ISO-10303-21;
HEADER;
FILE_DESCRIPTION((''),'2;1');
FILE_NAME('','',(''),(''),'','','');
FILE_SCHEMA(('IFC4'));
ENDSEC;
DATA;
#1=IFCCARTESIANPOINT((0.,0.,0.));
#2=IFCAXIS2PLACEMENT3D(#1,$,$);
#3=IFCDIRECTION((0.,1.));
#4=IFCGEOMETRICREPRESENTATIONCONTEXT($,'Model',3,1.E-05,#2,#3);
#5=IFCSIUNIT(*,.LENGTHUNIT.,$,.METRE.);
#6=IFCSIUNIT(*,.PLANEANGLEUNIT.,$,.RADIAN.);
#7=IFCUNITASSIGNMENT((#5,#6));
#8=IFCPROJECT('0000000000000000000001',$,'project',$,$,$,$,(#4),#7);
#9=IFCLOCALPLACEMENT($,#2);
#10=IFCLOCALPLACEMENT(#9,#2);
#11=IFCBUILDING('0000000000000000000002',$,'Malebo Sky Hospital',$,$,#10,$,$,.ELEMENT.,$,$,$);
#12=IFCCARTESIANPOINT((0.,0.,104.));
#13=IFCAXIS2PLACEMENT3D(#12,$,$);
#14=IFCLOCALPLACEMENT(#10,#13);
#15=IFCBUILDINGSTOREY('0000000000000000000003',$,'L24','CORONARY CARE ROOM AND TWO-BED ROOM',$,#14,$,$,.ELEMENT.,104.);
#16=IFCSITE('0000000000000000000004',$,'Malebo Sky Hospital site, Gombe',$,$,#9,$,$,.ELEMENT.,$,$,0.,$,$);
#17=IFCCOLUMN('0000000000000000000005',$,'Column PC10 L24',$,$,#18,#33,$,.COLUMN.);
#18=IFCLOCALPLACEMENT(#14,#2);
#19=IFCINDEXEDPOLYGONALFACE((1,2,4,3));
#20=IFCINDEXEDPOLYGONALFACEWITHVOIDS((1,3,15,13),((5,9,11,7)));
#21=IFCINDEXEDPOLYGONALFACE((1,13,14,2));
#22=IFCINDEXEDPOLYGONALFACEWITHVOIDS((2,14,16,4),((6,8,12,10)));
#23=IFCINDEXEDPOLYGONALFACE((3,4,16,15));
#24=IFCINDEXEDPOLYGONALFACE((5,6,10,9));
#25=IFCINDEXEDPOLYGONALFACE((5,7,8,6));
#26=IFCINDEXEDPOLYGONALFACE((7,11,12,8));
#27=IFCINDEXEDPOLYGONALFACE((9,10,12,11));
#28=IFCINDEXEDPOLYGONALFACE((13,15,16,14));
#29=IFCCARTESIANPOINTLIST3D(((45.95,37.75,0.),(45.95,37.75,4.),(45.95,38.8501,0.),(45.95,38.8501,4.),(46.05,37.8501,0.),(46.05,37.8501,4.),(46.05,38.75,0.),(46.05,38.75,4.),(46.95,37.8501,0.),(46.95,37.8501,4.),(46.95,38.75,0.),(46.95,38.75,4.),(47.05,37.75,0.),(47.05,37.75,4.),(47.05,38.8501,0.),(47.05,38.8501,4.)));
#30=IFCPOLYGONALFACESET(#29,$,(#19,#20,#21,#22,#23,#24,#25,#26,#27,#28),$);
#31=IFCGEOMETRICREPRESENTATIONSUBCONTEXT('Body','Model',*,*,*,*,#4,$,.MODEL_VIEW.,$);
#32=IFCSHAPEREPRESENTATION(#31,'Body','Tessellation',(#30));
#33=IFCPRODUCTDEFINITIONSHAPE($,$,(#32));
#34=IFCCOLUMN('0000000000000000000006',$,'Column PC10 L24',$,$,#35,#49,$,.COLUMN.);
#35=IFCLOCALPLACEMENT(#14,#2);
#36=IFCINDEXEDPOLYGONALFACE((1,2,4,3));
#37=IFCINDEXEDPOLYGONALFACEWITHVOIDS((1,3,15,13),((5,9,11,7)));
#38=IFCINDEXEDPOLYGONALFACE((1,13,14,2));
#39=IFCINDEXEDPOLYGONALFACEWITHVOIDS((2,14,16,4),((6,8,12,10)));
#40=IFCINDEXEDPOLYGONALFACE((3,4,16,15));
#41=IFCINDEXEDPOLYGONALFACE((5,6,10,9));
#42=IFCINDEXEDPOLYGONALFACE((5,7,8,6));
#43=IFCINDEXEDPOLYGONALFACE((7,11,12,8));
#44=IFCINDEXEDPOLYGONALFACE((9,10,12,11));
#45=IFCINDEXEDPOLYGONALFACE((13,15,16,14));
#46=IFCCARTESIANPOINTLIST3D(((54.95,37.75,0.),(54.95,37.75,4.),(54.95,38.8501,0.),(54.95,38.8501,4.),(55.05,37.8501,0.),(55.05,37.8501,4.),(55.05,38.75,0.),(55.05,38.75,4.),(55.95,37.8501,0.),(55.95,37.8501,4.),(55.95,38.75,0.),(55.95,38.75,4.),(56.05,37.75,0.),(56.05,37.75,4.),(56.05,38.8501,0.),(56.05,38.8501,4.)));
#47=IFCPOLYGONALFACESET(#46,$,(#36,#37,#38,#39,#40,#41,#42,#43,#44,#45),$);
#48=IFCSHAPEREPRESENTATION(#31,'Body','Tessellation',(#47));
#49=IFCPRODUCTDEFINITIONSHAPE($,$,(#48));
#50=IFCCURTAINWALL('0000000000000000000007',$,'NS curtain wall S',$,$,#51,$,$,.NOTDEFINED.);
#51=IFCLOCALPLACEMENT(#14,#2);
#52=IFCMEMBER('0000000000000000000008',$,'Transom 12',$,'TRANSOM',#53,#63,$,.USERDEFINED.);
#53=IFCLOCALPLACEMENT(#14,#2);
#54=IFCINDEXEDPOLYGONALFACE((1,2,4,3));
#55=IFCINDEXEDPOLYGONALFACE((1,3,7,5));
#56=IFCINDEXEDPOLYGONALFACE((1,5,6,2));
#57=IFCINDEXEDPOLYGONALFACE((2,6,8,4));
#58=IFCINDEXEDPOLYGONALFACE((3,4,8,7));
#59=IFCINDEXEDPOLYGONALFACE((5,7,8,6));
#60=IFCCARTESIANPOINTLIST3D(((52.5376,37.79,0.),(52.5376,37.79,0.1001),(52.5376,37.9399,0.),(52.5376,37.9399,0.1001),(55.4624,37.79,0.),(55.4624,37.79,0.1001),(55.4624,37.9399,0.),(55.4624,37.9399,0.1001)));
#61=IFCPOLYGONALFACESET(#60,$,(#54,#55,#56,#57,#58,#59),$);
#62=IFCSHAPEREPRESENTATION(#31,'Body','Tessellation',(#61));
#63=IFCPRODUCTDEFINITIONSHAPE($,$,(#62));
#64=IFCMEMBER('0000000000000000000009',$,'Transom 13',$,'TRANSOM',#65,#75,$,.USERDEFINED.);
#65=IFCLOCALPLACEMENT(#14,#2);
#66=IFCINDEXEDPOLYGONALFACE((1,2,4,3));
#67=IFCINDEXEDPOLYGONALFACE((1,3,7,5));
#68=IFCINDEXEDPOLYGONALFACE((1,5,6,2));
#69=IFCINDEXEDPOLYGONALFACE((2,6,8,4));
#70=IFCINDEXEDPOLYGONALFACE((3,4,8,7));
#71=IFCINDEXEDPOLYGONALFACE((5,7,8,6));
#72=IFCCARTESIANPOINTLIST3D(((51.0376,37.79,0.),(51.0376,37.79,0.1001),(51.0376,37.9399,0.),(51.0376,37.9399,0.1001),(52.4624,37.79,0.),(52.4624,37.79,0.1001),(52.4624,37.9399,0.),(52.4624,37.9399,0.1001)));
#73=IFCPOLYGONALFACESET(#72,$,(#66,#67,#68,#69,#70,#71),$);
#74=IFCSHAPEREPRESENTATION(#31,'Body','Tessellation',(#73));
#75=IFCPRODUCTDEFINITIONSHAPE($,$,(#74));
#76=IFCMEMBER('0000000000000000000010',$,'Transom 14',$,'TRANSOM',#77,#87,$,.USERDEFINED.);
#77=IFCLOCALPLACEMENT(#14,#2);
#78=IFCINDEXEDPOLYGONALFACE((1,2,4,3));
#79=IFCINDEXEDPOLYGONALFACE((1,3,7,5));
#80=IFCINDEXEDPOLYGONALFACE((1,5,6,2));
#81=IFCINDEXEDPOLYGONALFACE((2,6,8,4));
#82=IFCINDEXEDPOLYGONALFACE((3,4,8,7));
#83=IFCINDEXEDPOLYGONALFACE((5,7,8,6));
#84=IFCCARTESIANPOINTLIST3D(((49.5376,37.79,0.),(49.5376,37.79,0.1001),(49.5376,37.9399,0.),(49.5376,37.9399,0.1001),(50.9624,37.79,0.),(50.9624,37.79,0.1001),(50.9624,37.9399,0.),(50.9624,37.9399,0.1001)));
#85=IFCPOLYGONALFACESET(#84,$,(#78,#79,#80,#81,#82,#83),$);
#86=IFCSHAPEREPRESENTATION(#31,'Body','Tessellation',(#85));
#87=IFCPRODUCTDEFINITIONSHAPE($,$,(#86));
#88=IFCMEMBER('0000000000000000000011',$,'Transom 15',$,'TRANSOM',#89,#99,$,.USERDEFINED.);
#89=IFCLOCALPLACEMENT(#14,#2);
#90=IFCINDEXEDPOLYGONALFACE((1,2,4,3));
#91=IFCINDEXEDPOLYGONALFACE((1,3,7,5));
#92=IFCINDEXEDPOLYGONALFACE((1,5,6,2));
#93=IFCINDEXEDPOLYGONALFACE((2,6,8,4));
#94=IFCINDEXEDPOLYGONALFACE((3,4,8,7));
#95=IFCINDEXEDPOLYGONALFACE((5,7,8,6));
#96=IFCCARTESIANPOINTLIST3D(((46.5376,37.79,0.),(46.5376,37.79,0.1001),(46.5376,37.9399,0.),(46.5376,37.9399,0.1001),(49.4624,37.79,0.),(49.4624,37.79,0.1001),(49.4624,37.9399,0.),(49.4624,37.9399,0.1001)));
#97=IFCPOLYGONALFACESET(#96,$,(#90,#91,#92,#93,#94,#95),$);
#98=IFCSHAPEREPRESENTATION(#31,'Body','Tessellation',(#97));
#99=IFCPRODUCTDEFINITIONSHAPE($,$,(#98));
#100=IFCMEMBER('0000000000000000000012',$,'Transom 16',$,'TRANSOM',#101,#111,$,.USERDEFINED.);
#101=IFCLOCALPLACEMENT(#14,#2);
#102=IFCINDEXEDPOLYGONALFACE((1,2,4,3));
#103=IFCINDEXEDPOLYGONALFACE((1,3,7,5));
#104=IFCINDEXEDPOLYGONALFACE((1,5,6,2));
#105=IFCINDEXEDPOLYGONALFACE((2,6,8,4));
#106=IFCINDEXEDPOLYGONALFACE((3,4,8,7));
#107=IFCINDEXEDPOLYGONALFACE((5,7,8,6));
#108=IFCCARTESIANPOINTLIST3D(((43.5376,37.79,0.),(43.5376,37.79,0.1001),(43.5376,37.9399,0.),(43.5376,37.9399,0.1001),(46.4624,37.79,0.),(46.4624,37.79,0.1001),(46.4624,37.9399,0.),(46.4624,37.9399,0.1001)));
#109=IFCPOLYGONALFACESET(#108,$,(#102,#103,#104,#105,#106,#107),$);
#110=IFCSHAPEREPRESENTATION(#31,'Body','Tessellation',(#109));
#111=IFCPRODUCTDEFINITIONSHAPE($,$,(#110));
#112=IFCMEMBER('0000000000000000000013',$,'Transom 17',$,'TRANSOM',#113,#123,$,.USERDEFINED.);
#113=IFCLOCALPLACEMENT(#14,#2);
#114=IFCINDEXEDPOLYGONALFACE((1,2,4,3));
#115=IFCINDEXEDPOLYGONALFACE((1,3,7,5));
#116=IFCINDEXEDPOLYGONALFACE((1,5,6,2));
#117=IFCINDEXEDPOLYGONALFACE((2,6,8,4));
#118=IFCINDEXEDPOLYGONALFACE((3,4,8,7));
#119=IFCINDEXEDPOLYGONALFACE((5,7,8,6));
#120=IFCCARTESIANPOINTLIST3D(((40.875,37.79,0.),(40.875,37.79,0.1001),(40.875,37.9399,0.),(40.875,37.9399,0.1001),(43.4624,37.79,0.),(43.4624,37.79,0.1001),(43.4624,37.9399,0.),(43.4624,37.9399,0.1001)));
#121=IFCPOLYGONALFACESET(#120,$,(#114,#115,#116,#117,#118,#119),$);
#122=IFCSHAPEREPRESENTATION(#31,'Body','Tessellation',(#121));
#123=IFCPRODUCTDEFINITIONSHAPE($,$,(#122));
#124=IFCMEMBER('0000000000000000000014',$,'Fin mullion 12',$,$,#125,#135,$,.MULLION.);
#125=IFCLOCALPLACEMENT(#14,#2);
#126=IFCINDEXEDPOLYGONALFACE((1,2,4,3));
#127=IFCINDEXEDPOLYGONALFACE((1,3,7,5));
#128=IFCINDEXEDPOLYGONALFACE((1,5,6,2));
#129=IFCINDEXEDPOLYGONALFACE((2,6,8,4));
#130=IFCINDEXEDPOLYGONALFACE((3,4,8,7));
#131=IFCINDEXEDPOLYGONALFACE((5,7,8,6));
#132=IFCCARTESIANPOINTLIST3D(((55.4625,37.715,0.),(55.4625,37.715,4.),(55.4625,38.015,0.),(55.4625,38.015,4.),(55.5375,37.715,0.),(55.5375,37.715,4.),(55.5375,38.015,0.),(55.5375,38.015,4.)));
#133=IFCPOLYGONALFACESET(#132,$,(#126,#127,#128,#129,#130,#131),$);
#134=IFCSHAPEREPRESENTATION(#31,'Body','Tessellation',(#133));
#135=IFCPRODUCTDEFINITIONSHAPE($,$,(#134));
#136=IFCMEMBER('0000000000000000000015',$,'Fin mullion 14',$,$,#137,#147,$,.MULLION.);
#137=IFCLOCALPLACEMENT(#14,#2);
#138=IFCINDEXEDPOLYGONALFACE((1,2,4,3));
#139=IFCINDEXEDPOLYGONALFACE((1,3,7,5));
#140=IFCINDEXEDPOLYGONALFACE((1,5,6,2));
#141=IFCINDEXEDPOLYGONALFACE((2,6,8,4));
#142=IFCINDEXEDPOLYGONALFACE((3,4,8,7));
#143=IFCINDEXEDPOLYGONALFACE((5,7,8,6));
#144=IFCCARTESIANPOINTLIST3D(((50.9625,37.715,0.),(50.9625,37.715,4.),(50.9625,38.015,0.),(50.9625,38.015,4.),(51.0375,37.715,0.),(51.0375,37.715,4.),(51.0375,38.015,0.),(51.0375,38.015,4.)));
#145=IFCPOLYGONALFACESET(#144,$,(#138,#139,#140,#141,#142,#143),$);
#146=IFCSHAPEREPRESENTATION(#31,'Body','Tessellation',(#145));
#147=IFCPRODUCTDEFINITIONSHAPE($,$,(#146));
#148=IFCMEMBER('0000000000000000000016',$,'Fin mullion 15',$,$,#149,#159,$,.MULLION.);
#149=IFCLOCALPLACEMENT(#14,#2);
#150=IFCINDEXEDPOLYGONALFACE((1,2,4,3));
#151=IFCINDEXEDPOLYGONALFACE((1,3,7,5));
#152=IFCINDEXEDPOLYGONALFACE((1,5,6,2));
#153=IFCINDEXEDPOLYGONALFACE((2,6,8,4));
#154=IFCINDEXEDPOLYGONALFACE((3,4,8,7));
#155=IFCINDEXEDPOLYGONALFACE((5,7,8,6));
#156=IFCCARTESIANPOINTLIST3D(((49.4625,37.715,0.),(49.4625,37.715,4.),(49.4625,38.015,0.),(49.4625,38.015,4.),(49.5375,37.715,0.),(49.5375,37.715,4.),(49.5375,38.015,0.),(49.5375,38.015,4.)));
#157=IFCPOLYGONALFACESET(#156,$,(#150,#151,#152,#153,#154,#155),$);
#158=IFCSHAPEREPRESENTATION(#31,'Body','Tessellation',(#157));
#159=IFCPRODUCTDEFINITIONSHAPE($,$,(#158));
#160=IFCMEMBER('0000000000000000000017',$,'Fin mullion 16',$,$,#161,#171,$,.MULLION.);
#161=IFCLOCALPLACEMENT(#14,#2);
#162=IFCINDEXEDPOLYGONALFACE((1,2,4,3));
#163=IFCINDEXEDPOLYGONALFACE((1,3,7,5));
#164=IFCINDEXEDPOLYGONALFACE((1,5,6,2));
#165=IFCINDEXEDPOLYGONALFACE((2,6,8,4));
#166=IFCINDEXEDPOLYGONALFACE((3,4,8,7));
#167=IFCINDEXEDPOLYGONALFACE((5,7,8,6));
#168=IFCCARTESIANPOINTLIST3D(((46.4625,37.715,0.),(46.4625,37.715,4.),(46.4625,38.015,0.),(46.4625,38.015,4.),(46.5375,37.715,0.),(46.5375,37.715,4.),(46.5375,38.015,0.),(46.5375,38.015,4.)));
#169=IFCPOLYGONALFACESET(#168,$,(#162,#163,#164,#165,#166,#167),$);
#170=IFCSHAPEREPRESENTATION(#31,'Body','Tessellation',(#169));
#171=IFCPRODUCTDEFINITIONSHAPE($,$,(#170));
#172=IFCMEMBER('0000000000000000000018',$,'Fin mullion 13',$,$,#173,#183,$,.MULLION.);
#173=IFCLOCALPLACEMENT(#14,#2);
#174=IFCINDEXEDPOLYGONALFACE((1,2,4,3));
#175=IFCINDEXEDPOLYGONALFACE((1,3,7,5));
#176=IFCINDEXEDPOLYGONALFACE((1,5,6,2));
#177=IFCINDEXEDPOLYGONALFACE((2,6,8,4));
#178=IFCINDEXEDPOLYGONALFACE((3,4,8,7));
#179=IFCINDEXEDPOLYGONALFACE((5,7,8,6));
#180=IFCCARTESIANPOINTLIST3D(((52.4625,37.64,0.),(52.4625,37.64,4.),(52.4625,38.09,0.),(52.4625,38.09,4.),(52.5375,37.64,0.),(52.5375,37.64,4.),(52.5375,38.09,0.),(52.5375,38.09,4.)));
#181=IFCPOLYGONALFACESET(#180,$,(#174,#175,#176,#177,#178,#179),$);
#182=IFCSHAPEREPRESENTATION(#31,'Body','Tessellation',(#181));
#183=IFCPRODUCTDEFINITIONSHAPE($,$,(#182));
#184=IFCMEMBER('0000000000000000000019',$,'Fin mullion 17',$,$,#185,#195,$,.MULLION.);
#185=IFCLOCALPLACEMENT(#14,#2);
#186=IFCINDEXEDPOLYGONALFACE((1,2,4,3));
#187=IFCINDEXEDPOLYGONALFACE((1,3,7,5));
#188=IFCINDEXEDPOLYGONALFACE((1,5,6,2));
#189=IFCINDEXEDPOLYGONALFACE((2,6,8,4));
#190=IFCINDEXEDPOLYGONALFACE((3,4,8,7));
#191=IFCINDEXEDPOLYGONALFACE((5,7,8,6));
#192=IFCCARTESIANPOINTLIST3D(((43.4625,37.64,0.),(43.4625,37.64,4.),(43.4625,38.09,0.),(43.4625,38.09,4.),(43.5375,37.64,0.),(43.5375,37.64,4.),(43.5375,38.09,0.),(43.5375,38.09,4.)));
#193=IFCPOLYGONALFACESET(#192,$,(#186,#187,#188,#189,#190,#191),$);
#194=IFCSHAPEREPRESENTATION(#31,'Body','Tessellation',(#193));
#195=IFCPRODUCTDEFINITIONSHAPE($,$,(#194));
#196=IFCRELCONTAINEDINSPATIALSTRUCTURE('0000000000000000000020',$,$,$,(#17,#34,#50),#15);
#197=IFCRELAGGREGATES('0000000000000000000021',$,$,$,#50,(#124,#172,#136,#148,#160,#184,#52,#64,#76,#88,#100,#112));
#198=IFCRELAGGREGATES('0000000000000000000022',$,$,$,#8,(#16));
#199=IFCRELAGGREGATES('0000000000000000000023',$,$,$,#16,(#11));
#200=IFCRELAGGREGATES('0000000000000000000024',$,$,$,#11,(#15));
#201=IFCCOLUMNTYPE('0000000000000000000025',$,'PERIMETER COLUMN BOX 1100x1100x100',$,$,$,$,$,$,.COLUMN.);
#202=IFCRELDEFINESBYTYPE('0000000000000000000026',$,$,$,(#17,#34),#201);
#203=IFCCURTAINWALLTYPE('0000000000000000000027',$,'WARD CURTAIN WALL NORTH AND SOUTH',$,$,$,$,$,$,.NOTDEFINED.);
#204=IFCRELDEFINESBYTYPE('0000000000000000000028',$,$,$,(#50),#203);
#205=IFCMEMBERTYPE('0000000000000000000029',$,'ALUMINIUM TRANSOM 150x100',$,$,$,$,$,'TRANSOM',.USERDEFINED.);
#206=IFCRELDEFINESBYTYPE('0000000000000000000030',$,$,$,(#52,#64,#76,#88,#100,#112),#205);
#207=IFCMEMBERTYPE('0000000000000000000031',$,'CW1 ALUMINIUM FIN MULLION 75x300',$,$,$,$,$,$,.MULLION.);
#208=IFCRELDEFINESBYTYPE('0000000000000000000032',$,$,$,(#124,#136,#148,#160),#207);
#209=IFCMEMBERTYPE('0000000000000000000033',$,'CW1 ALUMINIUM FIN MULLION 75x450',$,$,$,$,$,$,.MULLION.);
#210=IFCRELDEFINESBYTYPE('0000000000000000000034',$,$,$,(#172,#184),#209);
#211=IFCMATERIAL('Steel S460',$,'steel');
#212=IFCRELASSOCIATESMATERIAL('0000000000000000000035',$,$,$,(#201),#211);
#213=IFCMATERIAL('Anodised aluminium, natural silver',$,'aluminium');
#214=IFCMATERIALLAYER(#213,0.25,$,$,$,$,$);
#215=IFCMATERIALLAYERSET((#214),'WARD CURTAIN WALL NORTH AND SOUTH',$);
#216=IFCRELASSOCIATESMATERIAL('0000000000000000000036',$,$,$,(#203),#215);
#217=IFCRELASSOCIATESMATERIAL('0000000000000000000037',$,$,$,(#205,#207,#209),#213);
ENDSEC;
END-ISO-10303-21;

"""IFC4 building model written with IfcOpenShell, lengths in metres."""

from ifc_helpers import new_model, si_unit, direction, frame, origin, origin_2d, place, context, subcontext, project, spatial, rectangle, hollow_rectangle, extrude, material, layer, layer_set, material_profile, profile_set, type_object, element, aggregate, save


model = new_model("IFC4")

# Units and contexts
model_context = context("Model", 3, precision=1e-05, world=origin(), true_north=direction((0.0, 1.0)))
body_context = subcontext(model_context, "Body", "Model", "MODEL_VIEW")
ifc_project = project(units=[si_unit("LENGTHUNIT", "METRE"), si_unit("PLANEANGLEUNIT", "RADIAN")], contexts=[model_context])

# Site, building, storey
site_placement = place(None, origin())
site = spatial("IfcSite", under=ifc_project, at=site_placement, Name="Malebo Sky Hospital site, Gombe", CompositionType="ELEMENT", RefElevation=0.0)
building_placement = place(site_placement, origin())
building = spatial("IfcBuilding", under=site, at=building_placement, Name="Malebo Sky Hospital", CompositionType="ELEMENT")
storey_placement = place(building_placement, frame((0.0, 0.0, 104.0)))
storey = spatial("IfcBuildingStorey", under=building, at=storey_placement, Name="L24", Description="CORONARY CARE ROOM AND TWO-BED ROOM", CompositionType="ELEMENT", Elevation=104.0)

# Columns
ifc_material_1 = material(Name="Steel S460", Category="steel")
ifc_material_profile_1 = material_profile(ifc_material_1, hollow_rectangle(XDim=1.1001, YDim=1.1001, WallThickness=0.1001, at=origin_2d()), Name="BOX 1100x1100x100")
ifc_profile_set_1 = profile_set([ifc_material_profile_1], Name="Steel S460")
column_type = type_object("IfcColumnType", Name="PERIMETER COLUMN BOX 1100x1100x100", PredefinedType="COLUMN", material=ifc_profile_set_1)
for number, where, z_axis, x_axis, name in (
    (1, (46.5, 38.3, 0.0), (0.0, 0.0, 1.0), (1.0, 0.0, 0.0), "Column PC10 L24"),
    (2, (55.5, 38.3, 0.0), (0.0, 0.0, 1.0), (1.0, 0.0, 0.0), "Column PC10 L24"),
):
    element("IfcColumn", number, at=place(storey_placement, frame(where, z_axis=z_axis, x_axis=x_axis)), inside=storey, type_object=column_type, Name=name, PredefinedType="COLUMN", context=body_context, shape_type="SweptSolid", body=[
        extrude(hollow_rectangle(XDim=1.1001, YDim=1.1001, WallThickness=0.1001, at=origin_2d()), origin(), (0.0, 0.0, 1.0), 4.0),
    ])

# Curtain wall, members
ifc_material_2 = material(Name="Anodised aluminium, natural silver", Category="aluminium")
ifc_layer_1 = layer(ifc_material_2, 0.25)
ifc_layer_set_1 = layer_set([ifc_layer_1], Name="WARD CURTAIN WALL NORTH AND SOUTH")
curtain_wall_type = type_object("IfcCurtainWallType", Name="WARD CURTAIN WALL NORTH AND SOUTH", PredefinedType="NOTDEFINED", material=ifc_layer_set_1)
curtain_wall_placement = place(storey_placement, origin())
curtain_wall = element("IfcCurtainWall", 3, at=curtain_wall_placement, inside=storey, type_object=curtain_wall_type, Name="NS curtain wall S", PredefinedType="NOTDEFINED")
ifc_material_profile_2 = material_profile(ifc_material_2, rectangle(XDim=0.1499, YDim=0.1001, at=origin_2d()), Name="ALUMINIUM TRANSOM 150x100")
ifc_profile_set_2 = profile_set([ifc_material_profile_2], Name="Anodised aluminium, natural silver")
member_type_1 = type_object("IfcMemberType", Name="ALUMINIUM TRANSOM 150x100", ElementType="TRANSOM", PredefinedType="USERDEFINED", material=ifc_profile_set_2)
member_1_placement = place(storey_placement, frame((55.4624, 37.865, 0.05), z_axis=(-1.0, 0.0, 0.0), x_axis=(0.0, -1.0, 0.0)))
member_1 = element("IfcMember", 4, at=member_1_placement, type_object=member_type_1, Name="Transom 12", ObjectType="TRANSOM", PredefinedType="USERDEFINED", context=body_context, shape_type="SweptSolid", body=[
    extrude(rectangle(XDim=0.1499, YDim=0.1001, at=origin_2d()), origin(), (0.0, 0.0, 1.0), 2.9248),
])
member_2_placement = place(storey_placement, frame((52.4624, 37.865, 0.05), z_axis=(-1.0, 0.0, 0.0), x_axis=(0.0, -1.0, 0.0)))
member_2 = element("IfcMember", 5, at=member_2_placement, type_object=member_type_1, Name="Transom 13", ObjectType="TRANSOM", PredefinedType="USERDEFINED", context=body_context, shape_type="SweptSolid", body=[
    extrude(rectangle(XDim=0.1499, YDim=0.1001, at=origin_2d()), origin(), (0.0, 0.0, 1.0), 1.4248),
])
member_3_placement = place(storey_placement, frame((50.9624, 37.865, 0.05), z_axis=(-1.0, 0.0, 0.0), x_axis=(0.0, -1.0, 0.0)))
member_3 = element("IfcMember", 6, at=member_3_placement, type_object=member_type_1, Name="Transom 14", ObjectType="TRANSOM", PredefinedType="USERDEFINED", context=body_context, shape_type="SweptSolid", body=[
    extrude(rectangle(XDim=0.1499, YDim=0.1001, at=origin_2d()), origin(), (0.0, 0.0, 1.0), 1.4248),
])
member_4_placement = place(storey_placement, frame((49.4624, 37.865, 0.05), z_axis=(-1.0, 0.0, 0.0), x_axis=(0.0, -1.0, 0.0)))
member_4 = element("IfcMember", 7, at=member_4_placement, type_object=member_type_1, Name="Transom 15", ObjectType="TRANSOM", PredefinedType="USERDEFINED", context=body_context, shape_type="SweptSolid", body=[
    extrude(rectangle(XDim=0.1499, YDim=0.1001, at=origin_2d()), origin(), (0.0, 0.0, 1.0), 2.9248),
])
member_5_placement = place(storey_placement, frame((46.4624, 37.865, 0.05), z_axis=(-1.0, 0.0, 0.0), x_axis=(0.0, -1.0, 0.0)))
member_5 = element("IfcMember", 8, at=member_5_placement, type_object=member_type_1, Name="Transom 16", ObjectType="TRANSOM", PredefinedType="USERDEFINED", context=body_context, shape_type="SweptSolid", body=[
    extrude(rectangle(XDim=0.1499, YDim=0.1001, at=origin_2d()), origin(), (0.0, 0.0, 1.0), 2.9248),
])
member_6_placement = place(storey_placement, frame((43.4624, 37.865, 0.05), z_axis=(-1.0, 0.0, 0.0), x_axis=(0.0, -1.0, 0.0)))
member_6 = element("IfcMember", 9, at=member_6_placement, type_object=member_type_1, Name="Transom 17", ObjectType="TRANSOM", PredefinedType="USERDEFINED", context=body_context, shape_type="SweptSolid", body=[
    extrude(rectangle(XDim=0.1499, YDim=0.1001, at=origin_2d()), origin(), (0.0, 0.0, 1.0), 2.5874),
])
ifc_material_profile_3 = material_profile(ifc_material_2, rectangle(XDim=0.075, YDim=0.3, at=origin_2d()), Name="CW1 ALUMINIUM FIN MULLION 75x300")
ifc_profile_set_3 = profile_set([ifc_material_profile_3], Name="Anodised aluminium, natural silver")
member_type_2 = type_object("IfcMemberType", Name="CW1 ALUMINIUM FIN MULLION 75x300", PredefinedType="MULLION", material=ifc_profile_set_3)
member_7_placement = place(storey_placement, frame((55.5, 37.865, 0.0), z_axis=(0.0, 0.0, 1.0), x_axis=(-1.0, 0.0, 0.0)))
member_7 = element("IfcMember", 10, at=member_7_placement, type_object=member_type_2, Name="Fin mullion 12", PredefinedType="MULLION", context=body_context, shape_type="SweptSolid", body=[
    extrude(rectangle(XDim=0.075, YDim=0.3, at=origin_2d()), origin(), (0.0, 0.0, 1.0), 4.0),
])
member_8_placement = place(storey_placement, frame((51.0, 37.865, 0.0), z_axis=(0.0, 0.0, 1.0), x_axis=(-1.0, 0.0, 0.0)))
member_8 = element("IfcMember", 11, at=member_8_placement, type_object=member_type_2, Name="Fin mullion 14", PredefinedType="MULLION", context=body_context, shape_type="SweptSolid", body=[
    extrude(rectangle(XDim=0.075, YDim=0.3, at=origin_2d()), origin(), (0.0, 0.0, 1.0), 4.0),
])
member_9_placement = place(storey_placement, frame((49.5, 37.865, 0.0), z_axis=(0.0, 0.0, 1.0), x_axis=(-1.0, 0.0, 0.0)))
member_9 = element("IfcMember", 12, at=member_9_placement, type_object=member_type_2, Name="Fin mullion 15", PredefinedType="MULLION", context=body_context, shape_type="SweptSolid", body=[
    extrude(rectangle(XDim=0.075, YDim=0.3, at=origin_2d()), origin(), (0.0, 0.0, 1.0), 4.0),
])
member_10_placement = place(storey_placement, frame((46.5, 37.865, 0.0), z_axis=(0.0, 0.0, 1.0), x_axis=(-1.0, 0.0, 0.0)))
member_10 = element("IfcMember", 13, at=member_10_placement, type_object=member_type_2, Name="Fin mullion 16", PredefinedType="MULLION", context=body_context, shape_type="SweptSolid", body=[
    extrude(rectangle(XDim=0.075, YDim=0.3, at=origin_2d()), origin(), (0.0, 0.0, 1.0), 4.0),
])
ifc_material_profile_4 = material_profile(ifc_material_2, rectangle(XDim=0.075, YDim=0.45, at=origin_2d()), Name="CW1 ALUMINIUM FIN MULLION 75x450")
ifc_profile_set_4 = profile_set([ifc_material_profile_4], Name="Anodised aluminium, natural silver")
member_type_3 = type_object("IfcMemberType", Name="CW1 ALUMINIUM FIN MULLION 75x450", PredefinedType="MULLION", material=ifc_profile_set_4)
member_11_placement = place(storey_placement, frame((52.5, 37.865, 0.0), z_axis=(0.0, 0.0, 1.0), x_axis=(-1.0, 0.0, 0.0)))
member_11 = element("IfcMember", 14, at=member_11_placement, type_object=member_type_3, Name="Fin mullion 13", PredefinedType="MULLION", context=body_context, shape_type="SweptSolid", body=[
    extrude(rectangle(XDim=0.075, YDim=0.45, at=origin_2d()), origin(), (0.0, 0.0, 1.0), 4.0),
])
member_12_placement = place(storey_placement, frame((43.5, 37.865, 0.0), z_axis=(0.0, 0.0, 1.0), x_axis=(-1.0, 0.0, 0.0)))
member_12 = element("IfcMember", 15, at=member_12_placement, type_object=member_type_3, Name="Fin mullion 17", PredefinedType="MULLION", context=body_context, shape_type="SweptSolid", body=[
    extrude(rectangle(XDim=0.075, YDim=0.45, at=origin_2d()), origin(), (0.0, 0.0, 1.0), 4.0),
])

aggregate(curtain_wall, [member_7, member_11, member_8, member_9, member_10, member_12, member_1, member_2, member_3, member_4, member_5, member_6])

save(model, "model.ifc")
